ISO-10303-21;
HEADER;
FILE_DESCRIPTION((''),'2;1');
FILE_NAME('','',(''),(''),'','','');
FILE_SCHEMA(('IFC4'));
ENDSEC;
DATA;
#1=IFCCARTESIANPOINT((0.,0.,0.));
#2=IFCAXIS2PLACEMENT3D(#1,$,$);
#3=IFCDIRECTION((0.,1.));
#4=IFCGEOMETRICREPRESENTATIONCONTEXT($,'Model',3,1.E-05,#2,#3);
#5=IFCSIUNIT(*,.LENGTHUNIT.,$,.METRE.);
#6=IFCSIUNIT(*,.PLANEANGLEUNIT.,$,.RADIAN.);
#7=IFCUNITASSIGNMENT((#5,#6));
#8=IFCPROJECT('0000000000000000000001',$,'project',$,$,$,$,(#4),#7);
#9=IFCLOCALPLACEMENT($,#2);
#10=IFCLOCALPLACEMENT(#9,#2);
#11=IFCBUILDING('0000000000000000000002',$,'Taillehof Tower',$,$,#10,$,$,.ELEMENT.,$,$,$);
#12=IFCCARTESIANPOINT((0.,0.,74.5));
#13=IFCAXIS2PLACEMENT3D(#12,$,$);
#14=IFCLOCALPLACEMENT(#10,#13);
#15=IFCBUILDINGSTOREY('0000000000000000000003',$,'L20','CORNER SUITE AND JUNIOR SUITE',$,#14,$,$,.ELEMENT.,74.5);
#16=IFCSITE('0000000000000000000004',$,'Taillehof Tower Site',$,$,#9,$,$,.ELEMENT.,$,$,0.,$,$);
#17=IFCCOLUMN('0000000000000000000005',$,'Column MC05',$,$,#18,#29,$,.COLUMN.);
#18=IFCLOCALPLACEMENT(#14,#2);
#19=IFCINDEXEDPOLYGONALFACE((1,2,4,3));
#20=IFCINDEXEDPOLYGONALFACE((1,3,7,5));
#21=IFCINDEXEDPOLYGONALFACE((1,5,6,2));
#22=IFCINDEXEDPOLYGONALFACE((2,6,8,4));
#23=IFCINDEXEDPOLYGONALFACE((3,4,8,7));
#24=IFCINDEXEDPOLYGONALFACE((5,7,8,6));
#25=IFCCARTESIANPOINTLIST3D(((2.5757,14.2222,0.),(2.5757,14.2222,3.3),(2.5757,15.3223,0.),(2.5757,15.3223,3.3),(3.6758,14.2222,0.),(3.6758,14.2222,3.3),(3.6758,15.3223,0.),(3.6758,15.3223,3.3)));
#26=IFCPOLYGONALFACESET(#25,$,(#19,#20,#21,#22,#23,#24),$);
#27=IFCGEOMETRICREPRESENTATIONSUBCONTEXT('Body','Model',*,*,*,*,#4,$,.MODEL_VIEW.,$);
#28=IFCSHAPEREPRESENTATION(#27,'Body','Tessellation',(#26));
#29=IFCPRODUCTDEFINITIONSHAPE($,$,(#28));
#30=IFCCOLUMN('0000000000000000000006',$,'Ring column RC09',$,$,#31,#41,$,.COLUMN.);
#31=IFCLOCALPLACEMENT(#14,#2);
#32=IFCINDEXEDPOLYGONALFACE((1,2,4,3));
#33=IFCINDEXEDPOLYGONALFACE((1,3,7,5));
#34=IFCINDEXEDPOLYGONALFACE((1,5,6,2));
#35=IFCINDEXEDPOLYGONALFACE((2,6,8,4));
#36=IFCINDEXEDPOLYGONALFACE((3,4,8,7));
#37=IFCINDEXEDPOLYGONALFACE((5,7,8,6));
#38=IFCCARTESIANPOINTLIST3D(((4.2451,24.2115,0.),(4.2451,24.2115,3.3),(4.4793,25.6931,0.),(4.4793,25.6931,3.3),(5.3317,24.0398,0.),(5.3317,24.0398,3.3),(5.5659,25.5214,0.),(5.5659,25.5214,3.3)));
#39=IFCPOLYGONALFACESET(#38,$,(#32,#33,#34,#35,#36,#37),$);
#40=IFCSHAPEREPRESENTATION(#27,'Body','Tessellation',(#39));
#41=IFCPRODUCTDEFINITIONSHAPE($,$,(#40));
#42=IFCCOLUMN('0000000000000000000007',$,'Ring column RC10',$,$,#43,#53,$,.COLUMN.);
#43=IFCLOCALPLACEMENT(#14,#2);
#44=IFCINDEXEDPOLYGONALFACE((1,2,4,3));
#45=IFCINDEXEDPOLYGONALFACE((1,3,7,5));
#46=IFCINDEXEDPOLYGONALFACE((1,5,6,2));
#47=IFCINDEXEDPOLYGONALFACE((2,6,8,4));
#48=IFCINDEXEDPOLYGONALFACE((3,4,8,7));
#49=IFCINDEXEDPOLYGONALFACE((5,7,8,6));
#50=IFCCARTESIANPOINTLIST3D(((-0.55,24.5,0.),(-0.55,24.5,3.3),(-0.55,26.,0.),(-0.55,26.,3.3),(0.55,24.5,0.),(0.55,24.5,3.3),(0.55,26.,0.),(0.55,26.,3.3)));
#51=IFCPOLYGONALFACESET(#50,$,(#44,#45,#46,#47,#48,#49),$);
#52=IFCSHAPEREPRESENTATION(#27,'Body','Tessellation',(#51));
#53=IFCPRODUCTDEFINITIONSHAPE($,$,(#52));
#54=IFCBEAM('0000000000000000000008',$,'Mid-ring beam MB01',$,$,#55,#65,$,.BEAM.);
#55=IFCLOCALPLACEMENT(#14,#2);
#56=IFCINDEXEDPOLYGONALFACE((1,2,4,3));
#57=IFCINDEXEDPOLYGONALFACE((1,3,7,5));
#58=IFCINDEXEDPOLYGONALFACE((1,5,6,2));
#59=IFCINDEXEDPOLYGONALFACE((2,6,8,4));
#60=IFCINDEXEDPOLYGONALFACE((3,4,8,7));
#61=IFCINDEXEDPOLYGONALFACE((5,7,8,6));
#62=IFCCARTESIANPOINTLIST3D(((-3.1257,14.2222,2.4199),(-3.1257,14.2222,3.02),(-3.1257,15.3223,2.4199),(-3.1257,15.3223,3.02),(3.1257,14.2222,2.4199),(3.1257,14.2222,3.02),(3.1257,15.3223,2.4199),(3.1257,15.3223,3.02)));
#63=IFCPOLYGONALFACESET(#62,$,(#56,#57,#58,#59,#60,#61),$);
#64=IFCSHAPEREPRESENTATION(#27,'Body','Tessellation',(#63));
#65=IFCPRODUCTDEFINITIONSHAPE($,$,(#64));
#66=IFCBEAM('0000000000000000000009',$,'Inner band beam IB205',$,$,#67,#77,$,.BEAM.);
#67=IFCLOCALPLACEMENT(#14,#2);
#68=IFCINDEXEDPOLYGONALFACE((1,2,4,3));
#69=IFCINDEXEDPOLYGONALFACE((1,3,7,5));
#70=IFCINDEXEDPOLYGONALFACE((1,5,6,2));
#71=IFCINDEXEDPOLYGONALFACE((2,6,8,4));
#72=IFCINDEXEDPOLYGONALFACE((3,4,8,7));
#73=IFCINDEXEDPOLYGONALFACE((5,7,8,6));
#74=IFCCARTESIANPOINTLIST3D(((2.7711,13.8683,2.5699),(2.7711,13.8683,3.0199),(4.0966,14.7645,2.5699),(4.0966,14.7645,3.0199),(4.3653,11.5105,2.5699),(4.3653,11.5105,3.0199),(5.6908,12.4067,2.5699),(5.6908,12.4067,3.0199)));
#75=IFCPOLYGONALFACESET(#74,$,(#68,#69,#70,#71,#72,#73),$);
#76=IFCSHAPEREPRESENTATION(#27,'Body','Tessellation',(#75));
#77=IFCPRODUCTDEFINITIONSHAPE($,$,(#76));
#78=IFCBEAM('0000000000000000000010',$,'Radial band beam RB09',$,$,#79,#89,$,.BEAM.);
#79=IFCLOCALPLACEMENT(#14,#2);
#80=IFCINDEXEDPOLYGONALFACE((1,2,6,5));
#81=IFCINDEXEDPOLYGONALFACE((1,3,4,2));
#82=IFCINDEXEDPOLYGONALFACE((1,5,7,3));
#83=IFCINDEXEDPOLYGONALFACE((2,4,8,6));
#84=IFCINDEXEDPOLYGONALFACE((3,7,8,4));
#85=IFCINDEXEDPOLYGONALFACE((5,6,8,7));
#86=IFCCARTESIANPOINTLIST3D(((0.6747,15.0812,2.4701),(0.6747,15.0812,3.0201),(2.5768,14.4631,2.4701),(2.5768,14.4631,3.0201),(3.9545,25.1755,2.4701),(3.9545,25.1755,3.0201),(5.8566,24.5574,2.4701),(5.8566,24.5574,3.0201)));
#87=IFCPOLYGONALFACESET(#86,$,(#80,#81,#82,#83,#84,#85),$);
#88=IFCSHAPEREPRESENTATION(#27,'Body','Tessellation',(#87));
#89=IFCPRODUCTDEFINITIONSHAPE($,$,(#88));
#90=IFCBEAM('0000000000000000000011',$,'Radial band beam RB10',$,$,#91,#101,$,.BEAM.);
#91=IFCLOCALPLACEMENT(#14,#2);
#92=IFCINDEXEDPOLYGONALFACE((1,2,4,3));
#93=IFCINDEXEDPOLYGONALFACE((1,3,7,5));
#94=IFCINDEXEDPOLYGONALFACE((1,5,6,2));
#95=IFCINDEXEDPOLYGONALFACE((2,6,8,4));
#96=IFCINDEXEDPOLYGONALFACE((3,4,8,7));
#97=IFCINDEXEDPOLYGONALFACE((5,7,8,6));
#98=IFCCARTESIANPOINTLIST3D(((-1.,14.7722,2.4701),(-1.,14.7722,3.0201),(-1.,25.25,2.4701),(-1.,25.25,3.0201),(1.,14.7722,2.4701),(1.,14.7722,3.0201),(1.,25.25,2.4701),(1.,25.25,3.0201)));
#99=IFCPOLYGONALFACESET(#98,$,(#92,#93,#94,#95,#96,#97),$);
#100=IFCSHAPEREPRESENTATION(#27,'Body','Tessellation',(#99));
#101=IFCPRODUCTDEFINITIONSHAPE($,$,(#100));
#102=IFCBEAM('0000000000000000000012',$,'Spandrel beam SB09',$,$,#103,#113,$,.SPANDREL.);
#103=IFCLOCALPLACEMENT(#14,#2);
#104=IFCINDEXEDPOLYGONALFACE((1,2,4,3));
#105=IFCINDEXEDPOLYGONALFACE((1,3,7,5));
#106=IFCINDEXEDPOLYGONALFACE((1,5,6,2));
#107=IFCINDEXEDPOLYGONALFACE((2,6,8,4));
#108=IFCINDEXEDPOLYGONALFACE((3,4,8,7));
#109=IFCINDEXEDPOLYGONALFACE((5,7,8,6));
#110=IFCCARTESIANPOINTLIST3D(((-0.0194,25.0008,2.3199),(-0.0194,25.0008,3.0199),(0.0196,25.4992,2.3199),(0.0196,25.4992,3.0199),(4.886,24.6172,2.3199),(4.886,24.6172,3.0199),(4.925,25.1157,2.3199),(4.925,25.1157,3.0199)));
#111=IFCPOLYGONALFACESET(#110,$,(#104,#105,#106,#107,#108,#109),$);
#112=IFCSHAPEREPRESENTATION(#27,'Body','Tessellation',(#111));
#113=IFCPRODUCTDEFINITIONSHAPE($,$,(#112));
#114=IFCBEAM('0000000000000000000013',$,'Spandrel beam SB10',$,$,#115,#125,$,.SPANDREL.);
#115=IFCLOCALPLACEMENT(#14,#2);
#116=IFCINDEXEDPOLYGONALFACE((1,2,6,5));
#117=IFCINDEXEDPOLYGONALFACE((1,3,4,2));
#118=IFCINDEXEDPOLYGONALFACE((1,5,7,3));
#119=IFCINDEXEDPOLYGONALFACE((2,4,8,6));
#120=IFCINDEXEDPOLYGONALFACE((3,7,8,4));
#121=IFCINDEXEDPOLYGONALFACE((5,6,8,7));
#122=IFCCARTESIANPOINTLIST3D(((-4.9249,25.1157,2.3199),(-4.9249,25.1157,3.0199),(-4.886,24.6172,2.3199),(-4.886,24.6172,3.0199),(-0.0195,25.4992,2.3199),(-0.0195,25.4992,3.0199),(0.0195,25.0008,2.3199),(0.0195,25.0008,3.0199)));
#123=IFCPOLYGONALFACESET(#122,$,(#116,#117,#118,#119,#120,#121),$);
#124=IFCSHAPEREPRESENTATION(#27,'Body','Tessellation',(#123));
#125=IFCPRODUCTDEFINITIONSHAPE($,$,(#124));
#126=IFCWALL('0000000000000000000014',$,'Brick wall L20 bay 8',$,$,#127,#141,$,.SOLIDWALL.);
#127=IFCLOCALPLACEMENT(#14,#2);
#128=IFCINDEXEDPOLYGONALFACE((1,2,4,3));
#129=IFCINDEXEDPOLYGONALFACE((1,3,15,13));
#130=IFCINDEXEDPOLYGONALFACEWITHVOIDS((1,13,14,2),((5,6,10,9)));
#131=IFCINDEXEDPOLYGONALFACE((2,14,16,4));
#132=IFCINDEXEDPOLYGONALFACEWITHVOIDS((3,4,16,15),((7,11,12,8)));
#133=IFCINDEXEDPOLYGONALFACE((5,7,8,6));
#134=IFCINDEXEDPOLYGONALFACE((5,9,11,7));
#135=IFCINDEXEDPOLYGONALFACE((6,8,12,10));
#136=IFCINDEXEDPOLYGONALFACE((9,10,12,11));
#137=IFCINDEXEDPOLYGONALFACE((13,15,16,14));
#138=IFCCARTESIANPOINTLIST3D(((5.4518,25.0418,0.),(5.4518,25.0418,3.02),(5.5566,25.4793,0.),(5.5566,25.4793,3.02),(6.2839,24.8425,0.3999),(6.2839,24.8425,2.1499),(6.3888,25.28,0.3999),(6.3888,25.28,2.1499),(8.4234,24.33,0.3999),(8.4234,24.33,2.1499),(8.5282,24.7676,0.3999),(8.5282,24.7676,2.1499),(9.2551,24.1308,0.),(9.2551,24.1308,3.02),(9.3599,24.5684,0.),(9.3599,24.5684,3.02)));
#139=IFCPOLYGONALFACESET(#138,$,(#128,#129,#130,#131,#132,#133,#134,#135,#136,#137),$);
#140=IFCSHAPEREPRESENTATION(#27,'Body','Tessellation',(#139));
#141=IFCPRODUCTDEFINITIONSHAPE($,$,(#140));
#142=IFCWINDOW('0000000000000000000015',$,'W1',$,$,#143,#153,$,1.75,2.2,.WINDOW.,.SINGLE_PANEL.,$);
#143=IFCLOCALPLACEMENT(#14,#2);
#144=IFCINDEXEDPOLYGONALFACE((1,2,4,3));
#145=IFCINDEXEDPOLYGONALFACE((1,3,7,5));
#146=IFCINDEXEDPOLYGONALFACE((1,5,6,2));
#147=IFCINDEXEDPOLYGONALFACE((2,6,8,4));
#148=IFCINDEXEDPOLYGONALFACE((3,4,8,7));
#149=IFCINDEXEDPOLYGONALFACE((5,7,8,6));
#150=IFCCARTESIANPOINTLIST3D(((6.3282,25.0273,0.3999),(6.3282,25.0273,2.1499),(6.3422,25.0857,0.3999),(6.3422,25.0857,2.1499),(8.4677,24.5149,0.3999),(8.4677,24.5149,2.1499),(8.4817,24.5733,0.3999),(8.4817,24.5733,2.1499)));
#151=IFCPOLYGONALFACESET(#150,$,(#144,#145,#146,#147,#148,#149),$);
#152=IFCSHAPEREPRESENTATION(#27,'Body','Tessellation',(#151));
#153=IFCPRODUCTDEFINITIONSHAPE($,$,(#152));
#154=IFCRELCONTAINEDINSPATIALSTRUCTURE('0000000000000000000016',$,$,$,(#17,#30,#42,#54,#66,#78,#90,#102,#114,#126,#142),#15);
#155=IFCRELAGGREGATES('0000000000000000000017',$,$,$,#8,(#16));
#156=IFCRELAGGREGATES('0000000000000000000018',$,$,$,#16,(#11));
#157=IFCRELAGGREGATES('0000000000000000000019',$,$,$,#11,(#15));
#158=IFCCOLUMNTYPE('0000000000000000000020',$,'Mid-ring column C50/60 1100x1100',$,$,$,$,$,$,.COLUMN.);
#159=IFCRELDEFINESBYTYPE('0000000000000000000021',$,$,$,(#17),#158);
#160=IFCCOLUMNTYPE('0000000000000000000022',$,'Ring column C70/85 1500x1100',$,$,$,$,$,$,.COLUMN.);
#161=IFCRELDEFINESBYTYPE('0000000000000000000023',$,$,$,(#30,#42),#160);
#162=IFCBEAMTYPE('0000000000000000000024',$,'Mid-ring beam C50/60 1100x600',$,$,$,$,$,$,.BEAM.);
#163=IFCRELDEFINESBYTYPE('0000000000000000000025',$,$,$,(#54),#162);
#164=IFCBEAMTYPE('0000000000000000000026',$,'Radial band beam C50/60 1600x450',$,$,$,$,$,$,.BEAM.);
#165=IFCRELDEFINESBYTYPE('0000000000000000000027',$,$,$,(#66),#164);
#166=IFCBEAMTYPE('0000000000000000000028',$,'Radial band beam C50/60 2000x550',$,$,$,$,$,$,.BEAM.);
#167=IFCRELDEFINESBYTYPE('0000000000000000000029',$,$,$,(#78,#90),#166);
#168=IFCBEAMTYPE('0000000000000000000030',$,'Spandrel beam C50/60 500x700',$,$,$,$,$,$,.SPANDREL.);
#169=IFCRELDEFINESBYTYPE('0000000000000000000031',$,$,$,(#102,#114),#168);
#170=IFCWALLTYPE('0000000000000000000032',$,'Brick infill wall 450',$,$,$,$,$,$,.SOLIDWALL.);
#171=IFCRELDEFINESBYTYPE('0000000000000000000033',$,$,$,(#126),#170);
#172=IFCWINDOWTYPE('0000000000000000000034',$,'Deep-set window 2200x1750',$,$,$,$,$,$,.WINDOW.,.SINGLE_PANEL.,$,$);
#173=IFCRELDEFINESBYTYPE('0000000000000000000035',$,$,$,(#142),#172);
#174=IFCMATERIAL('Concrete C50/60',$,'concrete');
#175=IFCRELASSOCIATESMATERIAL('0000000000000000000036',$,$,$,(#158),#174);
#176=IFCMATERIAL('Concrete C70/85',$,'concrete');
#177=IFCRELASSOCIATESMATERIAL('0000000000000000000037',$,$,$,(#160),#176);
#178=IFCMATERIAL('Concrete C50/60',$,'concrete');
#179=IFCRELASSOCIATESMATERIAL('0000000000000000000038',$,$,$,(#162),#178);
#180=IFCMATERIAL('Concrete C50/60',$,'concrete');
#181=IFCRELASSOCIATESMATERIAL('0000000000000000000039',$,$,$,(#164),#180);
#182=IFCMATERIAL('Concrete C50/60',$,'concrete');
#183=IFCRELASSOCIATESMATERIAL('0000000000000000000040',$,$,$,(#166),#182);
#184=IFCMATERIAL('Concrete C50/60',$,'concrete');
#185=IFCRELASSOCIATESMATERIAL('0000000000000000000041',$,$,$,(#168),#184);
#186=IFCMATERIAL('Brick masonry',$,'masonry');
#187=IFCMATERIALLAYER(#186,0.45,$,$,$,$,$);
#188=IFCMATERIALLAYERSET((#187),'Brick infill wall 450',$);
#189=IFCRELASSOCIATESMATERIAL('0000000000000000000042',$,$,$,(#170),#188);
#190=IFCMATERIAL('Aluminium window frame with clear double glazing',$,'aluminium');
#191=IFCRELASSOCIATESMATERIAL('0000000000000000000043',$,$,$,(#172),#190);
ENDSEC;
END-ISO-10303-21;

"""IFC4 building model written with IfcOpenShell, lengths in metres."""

from ifc_helpers import new_model, si_unit, direction, frame, frame_2d, origin, origin_2d, place, context, subcontext, project, spatial, rectangle, extrude, material, layer, layer_set, material_profile, profile_set, type_object, element, fill, save


model = new_model("IFC4")

# Units and contexts
model_context = context("Model", 3, precision=1e-05, world=origin(), true_north=direction((0.0, 1.0)))
body_context = subcontext(model_context, "Body", "Model", "MODEL_VIEW")
ifc_project = project(units=[si_unit("LENGTHUNIT", "METRE"), si_unit("PLANEANGLEUNIT", "RADIAN")], contexts=[model_context])

# Site, building, storey
site_placement = place(None, origin())
site = spatial("IfcSite", under=ifc_project, at=site_placement, Name="Taillehof Tower Site", CompositionType="ELEMENT", RefElevation=0.0)
building_placement = place(site_placement, origin())
building = spatial("IfcBuilding", under=site, at=building_placement, Name="Taillehof Tower", CompositionType="ELEMENT")
storey_placement = place(building_placement, frame((0.0, 0.0, 74.5)))
storey = spatial("IfcBuildingStorey", under=building, at=storey_placement, Name="L20", Description="CORNER SUITE AND JUNIOR SUITE", CompositionType="ELEMENT", Elevation=74.5)

# Columns
ifc_material_1 = material(Name="Concrete C50/60", Category="concrete")
ifc_material_profile_1 = material_profile(ifc_material_1, rectangle(XDim=1.1001, YDim=1.1001, at=origin_2d()), Name="RC 1100x1100")
ifc_profile_set_1 = profile_set([ifc_material_profile_1], Name="Concrete C50/60")
column_type_1 = type_object("IfcColumnType", Name="Mid-ring column C50/60 1100x1100", PredefinedType="COLUMN", material=ifc_profile_set_1)
column_placement = place(storey_placement, frame((3.1257, 14.7722, 0.0), z_axis=(0.0, 0.0, 1.0), x_axis=(1.0, 0.0, 0.0)))
element("IfcColumn", 1, at=column_placement, inside=storey, type_object=column_type_1, Name="Column MC05", PredefinedType="COLUMN", context=body_context, shape_type="SweptSolid", body=[
    extrude(rectangle(XDim=1.1001, YDim=1.1001, at=origin_2d()), origin(), (0.0, 0.0, 1.0), 3.3),
])
ifc_material_2 = material(Name="Concrete C70/85", Category="concrete")
ifc_material_profile_2 = material_profile(ifc_material_2, rectangle(XDim=1.5, YDim=1.1001, at=origin_2d()), Name="RC 1500x1100")
ifc_profile_set_2 = profile_set([ifc_material_profile_2], Name="Concrete C70/85")
column_type_2 = type_object("IfcColumnType", Name="Ring column C70/85 1500x1100", PredefinedType="COLUMN", material=ifc_profile_set_2)
for number, where, z_axis, x_axis, name in (
    (2, (4.9055, 24.8665, 0.0), (0.0, 0.0, 1.0), (0.156147, 0.987734, 0.0), "Ring column RC09"),
    (3, (0.0, 25.25, 0.0), (0.0, 0.0, 1.0), (0.0, 1.0, 0.0), "Ring column RC10"),
):
    element("IfcColumn", number, at=place(storey_placement, frame(where, z_axis=z_axis, x_axis=x_axis)), inside=storey, type_object=column_type_2, Name=name, PredefinedType="COLUMN", context=body_context, shape_type="SweptSolid", body=[
        extrude(rectangle(XDim=1.5, YDim=1.1001, at=origin_2d()), origin(), (0.0, 0.0, 1.0), 3.3),
    ])

# Beams
ifc_material_3 = material(Name="Concrete C50/60", Category="concrete")
ifc_material_profile_3 = material_profile(ifc_material_3, rectangle(XDim=1.1001, YDim=0.6001, at=origin_2d()), Name="RC 1100x600")
ifc_profile_set_3 = profile_set([ifc_material_profile_3], Name="Concrete C50/60")
beam_type_1 = type_object("IfcBeamType", Name="Mid-ring beam C50/60 1100x600", PredefinedType="BEAM", material=ifc_profile_set_3)
beam_1_placement = place(storey_placement, frame((3.1257, 14.7722, 2.72), z_axis=(-1.0, 0.0, 0.0), x_axis=(0.0, -1.0, 0.0)))
element("IfcBeam", 4, at=beam_1_placement, inside=storey, type_object=beam_type_1, Name="Mid-ring beam MB01", PredefinedType="BEAM", context=body_context, shape_type="SweptSolid", body=[
    extrude(rectangle(XDim=1.1001, YDim=0.6001, at=origin_2d()), origin(), (0.0, 0.0, 1.0), 6.2515),
])
ifc_material_4 = material(Name="Concrete C50/60", Category="concrete")
ifc_material_profile_4 = material_profile(ifc_material_4, rectangle(XDim=1.6001, YDim=0.45, at=origin_2d()), Name="RC 1600x450")
ifc_profile_set_4 = profile_set([ifc_material_profile_4], Name="Concrete C50/60")
beam_type_2 = type_object("IfcBeamType", Name="Radial band beam C50/60 1600x450", PredefinedType="BEAM", material=ifc_profile_set_4)
beam_2_placement = place(storey_placement, frame((3.4338, 14.3164, 2.7949), z_axis=(0.560112, -0.828417, 0.0), x_axis=(0.828417, 0.560112, 0.0)))
element("IfcBeam", 5, at=beam_2_placement, inside=storey, type_object=beam_type_2, Name="Inner band beam IB205", PredefinedType="BEAM", context=body_context, shape_type="SweptSolid", body=[
    extrude(rectangle(XDim=1.6001, YDim=0.45, at=origin_2d()), origin(), (0.0, 0.0, 1.0), 2.8462),
])
ifc_material_5 = material(Name="Concrete C50/60", Category="concrete")
ifc_material_profile_5 = material_profile(ifc_material_5, rectangle(XDim=2.0, YDim=0.55, at=origin_2d()), Name="RC 2000x550")
ifc_profile_set_5 = profile_set([ifc_material_profile_5], Name="Concrete C50/60")
beam_type_3 = type_object("IfcBeamType", Name="Radial band beam C50/60 2000x550", PredefinedType="BEAM", material=ifc_profile_set_5)
beam_3_placement = place(storey_placement, frame((4.9055, 24.8665, 2.7451), z_axis=(-0.309014, -0.951057, 0.0), x_axis=(0.951057, -0.309014, 0.0)))
element("IfcBeam", 6, at=beam_3_placement, inside=storey, type_object=beam_type_3, Name="Radial band beam RB09", PredefinedType="BEAM", context=body_context, shape_type="SweptSolid", body=[
    extrude(rectangle(XDim=2.0, YDim=0.55, at=origin_2d()), origin(), (0.0, 0.0, 1.0), 10.6138),
])
beam_4_placement = place(storey_placement, frame((0.0, 25.25, 2.7451), z_axis=(0.0, -1.0, 0.0), x_axis=(1.0, 0.0, 0.0)))
element("IfcBeam", 7, at=beam_4_placement, inside=storey, type_object=beam_type_3, Name="Radial band beam RB10", PredefinedType="BEAM", context=body_context, shape_type="SweptSolid", body=[
    extrude(rectangle(XDim=2.0, YDim=0.55, at=origin_2d()), origin(), (0.0, 0.0, 1.0), 10.4778),
])
ifc_material_6 = material(Name="Concrete C50/60", Category="concrete")
ifc_material_profile_6 = material_profile(ifc_material_6, rectangle(XDim=0.5, YDim=0.7, at=origin_2d()), Name="RC 500x700")
ifc_profile_set_6 = profile_set([ifc_material_profile_6], Name="Concrete C50/60")
beam_type_4 = type_object("IfcBeamType", Name="Spandrel beam C50/60 500x700", PredefinedType="SPANDREL", material=ifc_profile_set_6)
for number, where, z_axis, x_axis, name in (
    (8, (4.9055, 24.8665, 2.6699), (-0.996957, 0.077949, 0.0), (-0.077949, -0.996957, 0.0), "Spandrel beam SB09"),
    (9, (0.0, 25.25, 2.6699), (-0.996957, -0.077949, 0.0), (0.077949, -0.996957, 0.0), "Spandrel beam SB10"),
):
    element("IfcBeam", number, at=place(storey_placement, frame(where, z_axis=z_axis, x_axis=x_axis)), inside=storey, type_object=beam_type_4, Name=name, PredefinedType="SPANDREL", context=body_context, shape_type="SweptSolid", body=[
        extrude(rectangle(XDim=0.5, YDim=0.7, at=origin_2d()), origin(), (0.0, 0.0, 1.0), 4.9204),
    ])

# Wall, opening, window
ifc_material_7 = material(Name="Brick masonry", Category="masonry")
ifc_layer_1 = layer(ifc_material_7, 0.45)
ifc_layer_set_1 = layer_set([ifc_layer_1], Name="Brick infill wall 450")
wall_type_1 = type_object("IfcWallType", Name="Brick infill wall 450", PredefinedType="SOLIDWALL", material=ifc_layer_set_1)
wall_1_placement = place(storey_placement, frame((9.3076, 24.3496, 0.0), z_axis=(0.0, 0.0, 1.0), x_axis=(-0.972497, 0.232917, 0.0)))
wall_1 = element("IfcWall", 10, at=wall_1_placement, inside=storey, type_object=wall_type_1, Name="Brick wall L20 bay 8", PredefinedType="SOLIDWALL", context=body_context, shape_type="SweptSolid", body=[
    extrude(rectangle(XDim=3.9109, YDim=0.45, at=frame_2d((1.9556, 0.0))), origin(), (0.0, 0.0, 1.0), 3.02),
])
opening_1_placement = place(wall_1_placement, frame((0.8552, 0.0, 0.3999)))
opening_1 = element("IfcOpeningElement", 11, at=opening_1_placement, cuts=wall_1, PredefinedType="OPENING", context=body_context, shape_type="SweptSolid", body=[
    extrude(rectangle(XDim=2.2, YDim=1.75, at=frame_2d((1.1001, 0.875))), frame((0.0, 0.2349, 0.0), z_axis=(0.0, -1.0, 0.0), x_axis=(1.0, 0.0, 0.0)), (0.0, 0.0, 1.0), 0.47),
])
ifc_material_8 = material(Name="Aluminium window frame with clear double glazing", Category="aluminium")
window_type = type_object("IfcWindowType", Name="Deep-set window 2200x1750", PartitioningType="SINGLE_PANEL", PredefinedType="WINDOW", material=ifc_material_8)
window_1_placement = place(opening_1_placement, origin())
window_1 = element("IfcWindow", 12, at=window_1_placement, inside=storey, type_object=window_type, Name="W1", OverallHeight=1.75, OverallWidth=2.2, PartitioningType="SINGLE_PANEL", PredefinedType="WINDOW", context=body_context, shape_type="SweptSolid", body=[
    extrude(rectangle(XDim=2.2, YDim=1.75, at=frame_2d((1.1001, 0.875))), frame((0.0, 0.0349, 0.0), z_axis=(0.0, -1.0, 0.0), x_axis=(1.0, 0.0, 0.0)), (0.0, 0.0, 1.0), 0.0601),
])
fill(opening_1, window_1)

save(model, "model.ifc")
